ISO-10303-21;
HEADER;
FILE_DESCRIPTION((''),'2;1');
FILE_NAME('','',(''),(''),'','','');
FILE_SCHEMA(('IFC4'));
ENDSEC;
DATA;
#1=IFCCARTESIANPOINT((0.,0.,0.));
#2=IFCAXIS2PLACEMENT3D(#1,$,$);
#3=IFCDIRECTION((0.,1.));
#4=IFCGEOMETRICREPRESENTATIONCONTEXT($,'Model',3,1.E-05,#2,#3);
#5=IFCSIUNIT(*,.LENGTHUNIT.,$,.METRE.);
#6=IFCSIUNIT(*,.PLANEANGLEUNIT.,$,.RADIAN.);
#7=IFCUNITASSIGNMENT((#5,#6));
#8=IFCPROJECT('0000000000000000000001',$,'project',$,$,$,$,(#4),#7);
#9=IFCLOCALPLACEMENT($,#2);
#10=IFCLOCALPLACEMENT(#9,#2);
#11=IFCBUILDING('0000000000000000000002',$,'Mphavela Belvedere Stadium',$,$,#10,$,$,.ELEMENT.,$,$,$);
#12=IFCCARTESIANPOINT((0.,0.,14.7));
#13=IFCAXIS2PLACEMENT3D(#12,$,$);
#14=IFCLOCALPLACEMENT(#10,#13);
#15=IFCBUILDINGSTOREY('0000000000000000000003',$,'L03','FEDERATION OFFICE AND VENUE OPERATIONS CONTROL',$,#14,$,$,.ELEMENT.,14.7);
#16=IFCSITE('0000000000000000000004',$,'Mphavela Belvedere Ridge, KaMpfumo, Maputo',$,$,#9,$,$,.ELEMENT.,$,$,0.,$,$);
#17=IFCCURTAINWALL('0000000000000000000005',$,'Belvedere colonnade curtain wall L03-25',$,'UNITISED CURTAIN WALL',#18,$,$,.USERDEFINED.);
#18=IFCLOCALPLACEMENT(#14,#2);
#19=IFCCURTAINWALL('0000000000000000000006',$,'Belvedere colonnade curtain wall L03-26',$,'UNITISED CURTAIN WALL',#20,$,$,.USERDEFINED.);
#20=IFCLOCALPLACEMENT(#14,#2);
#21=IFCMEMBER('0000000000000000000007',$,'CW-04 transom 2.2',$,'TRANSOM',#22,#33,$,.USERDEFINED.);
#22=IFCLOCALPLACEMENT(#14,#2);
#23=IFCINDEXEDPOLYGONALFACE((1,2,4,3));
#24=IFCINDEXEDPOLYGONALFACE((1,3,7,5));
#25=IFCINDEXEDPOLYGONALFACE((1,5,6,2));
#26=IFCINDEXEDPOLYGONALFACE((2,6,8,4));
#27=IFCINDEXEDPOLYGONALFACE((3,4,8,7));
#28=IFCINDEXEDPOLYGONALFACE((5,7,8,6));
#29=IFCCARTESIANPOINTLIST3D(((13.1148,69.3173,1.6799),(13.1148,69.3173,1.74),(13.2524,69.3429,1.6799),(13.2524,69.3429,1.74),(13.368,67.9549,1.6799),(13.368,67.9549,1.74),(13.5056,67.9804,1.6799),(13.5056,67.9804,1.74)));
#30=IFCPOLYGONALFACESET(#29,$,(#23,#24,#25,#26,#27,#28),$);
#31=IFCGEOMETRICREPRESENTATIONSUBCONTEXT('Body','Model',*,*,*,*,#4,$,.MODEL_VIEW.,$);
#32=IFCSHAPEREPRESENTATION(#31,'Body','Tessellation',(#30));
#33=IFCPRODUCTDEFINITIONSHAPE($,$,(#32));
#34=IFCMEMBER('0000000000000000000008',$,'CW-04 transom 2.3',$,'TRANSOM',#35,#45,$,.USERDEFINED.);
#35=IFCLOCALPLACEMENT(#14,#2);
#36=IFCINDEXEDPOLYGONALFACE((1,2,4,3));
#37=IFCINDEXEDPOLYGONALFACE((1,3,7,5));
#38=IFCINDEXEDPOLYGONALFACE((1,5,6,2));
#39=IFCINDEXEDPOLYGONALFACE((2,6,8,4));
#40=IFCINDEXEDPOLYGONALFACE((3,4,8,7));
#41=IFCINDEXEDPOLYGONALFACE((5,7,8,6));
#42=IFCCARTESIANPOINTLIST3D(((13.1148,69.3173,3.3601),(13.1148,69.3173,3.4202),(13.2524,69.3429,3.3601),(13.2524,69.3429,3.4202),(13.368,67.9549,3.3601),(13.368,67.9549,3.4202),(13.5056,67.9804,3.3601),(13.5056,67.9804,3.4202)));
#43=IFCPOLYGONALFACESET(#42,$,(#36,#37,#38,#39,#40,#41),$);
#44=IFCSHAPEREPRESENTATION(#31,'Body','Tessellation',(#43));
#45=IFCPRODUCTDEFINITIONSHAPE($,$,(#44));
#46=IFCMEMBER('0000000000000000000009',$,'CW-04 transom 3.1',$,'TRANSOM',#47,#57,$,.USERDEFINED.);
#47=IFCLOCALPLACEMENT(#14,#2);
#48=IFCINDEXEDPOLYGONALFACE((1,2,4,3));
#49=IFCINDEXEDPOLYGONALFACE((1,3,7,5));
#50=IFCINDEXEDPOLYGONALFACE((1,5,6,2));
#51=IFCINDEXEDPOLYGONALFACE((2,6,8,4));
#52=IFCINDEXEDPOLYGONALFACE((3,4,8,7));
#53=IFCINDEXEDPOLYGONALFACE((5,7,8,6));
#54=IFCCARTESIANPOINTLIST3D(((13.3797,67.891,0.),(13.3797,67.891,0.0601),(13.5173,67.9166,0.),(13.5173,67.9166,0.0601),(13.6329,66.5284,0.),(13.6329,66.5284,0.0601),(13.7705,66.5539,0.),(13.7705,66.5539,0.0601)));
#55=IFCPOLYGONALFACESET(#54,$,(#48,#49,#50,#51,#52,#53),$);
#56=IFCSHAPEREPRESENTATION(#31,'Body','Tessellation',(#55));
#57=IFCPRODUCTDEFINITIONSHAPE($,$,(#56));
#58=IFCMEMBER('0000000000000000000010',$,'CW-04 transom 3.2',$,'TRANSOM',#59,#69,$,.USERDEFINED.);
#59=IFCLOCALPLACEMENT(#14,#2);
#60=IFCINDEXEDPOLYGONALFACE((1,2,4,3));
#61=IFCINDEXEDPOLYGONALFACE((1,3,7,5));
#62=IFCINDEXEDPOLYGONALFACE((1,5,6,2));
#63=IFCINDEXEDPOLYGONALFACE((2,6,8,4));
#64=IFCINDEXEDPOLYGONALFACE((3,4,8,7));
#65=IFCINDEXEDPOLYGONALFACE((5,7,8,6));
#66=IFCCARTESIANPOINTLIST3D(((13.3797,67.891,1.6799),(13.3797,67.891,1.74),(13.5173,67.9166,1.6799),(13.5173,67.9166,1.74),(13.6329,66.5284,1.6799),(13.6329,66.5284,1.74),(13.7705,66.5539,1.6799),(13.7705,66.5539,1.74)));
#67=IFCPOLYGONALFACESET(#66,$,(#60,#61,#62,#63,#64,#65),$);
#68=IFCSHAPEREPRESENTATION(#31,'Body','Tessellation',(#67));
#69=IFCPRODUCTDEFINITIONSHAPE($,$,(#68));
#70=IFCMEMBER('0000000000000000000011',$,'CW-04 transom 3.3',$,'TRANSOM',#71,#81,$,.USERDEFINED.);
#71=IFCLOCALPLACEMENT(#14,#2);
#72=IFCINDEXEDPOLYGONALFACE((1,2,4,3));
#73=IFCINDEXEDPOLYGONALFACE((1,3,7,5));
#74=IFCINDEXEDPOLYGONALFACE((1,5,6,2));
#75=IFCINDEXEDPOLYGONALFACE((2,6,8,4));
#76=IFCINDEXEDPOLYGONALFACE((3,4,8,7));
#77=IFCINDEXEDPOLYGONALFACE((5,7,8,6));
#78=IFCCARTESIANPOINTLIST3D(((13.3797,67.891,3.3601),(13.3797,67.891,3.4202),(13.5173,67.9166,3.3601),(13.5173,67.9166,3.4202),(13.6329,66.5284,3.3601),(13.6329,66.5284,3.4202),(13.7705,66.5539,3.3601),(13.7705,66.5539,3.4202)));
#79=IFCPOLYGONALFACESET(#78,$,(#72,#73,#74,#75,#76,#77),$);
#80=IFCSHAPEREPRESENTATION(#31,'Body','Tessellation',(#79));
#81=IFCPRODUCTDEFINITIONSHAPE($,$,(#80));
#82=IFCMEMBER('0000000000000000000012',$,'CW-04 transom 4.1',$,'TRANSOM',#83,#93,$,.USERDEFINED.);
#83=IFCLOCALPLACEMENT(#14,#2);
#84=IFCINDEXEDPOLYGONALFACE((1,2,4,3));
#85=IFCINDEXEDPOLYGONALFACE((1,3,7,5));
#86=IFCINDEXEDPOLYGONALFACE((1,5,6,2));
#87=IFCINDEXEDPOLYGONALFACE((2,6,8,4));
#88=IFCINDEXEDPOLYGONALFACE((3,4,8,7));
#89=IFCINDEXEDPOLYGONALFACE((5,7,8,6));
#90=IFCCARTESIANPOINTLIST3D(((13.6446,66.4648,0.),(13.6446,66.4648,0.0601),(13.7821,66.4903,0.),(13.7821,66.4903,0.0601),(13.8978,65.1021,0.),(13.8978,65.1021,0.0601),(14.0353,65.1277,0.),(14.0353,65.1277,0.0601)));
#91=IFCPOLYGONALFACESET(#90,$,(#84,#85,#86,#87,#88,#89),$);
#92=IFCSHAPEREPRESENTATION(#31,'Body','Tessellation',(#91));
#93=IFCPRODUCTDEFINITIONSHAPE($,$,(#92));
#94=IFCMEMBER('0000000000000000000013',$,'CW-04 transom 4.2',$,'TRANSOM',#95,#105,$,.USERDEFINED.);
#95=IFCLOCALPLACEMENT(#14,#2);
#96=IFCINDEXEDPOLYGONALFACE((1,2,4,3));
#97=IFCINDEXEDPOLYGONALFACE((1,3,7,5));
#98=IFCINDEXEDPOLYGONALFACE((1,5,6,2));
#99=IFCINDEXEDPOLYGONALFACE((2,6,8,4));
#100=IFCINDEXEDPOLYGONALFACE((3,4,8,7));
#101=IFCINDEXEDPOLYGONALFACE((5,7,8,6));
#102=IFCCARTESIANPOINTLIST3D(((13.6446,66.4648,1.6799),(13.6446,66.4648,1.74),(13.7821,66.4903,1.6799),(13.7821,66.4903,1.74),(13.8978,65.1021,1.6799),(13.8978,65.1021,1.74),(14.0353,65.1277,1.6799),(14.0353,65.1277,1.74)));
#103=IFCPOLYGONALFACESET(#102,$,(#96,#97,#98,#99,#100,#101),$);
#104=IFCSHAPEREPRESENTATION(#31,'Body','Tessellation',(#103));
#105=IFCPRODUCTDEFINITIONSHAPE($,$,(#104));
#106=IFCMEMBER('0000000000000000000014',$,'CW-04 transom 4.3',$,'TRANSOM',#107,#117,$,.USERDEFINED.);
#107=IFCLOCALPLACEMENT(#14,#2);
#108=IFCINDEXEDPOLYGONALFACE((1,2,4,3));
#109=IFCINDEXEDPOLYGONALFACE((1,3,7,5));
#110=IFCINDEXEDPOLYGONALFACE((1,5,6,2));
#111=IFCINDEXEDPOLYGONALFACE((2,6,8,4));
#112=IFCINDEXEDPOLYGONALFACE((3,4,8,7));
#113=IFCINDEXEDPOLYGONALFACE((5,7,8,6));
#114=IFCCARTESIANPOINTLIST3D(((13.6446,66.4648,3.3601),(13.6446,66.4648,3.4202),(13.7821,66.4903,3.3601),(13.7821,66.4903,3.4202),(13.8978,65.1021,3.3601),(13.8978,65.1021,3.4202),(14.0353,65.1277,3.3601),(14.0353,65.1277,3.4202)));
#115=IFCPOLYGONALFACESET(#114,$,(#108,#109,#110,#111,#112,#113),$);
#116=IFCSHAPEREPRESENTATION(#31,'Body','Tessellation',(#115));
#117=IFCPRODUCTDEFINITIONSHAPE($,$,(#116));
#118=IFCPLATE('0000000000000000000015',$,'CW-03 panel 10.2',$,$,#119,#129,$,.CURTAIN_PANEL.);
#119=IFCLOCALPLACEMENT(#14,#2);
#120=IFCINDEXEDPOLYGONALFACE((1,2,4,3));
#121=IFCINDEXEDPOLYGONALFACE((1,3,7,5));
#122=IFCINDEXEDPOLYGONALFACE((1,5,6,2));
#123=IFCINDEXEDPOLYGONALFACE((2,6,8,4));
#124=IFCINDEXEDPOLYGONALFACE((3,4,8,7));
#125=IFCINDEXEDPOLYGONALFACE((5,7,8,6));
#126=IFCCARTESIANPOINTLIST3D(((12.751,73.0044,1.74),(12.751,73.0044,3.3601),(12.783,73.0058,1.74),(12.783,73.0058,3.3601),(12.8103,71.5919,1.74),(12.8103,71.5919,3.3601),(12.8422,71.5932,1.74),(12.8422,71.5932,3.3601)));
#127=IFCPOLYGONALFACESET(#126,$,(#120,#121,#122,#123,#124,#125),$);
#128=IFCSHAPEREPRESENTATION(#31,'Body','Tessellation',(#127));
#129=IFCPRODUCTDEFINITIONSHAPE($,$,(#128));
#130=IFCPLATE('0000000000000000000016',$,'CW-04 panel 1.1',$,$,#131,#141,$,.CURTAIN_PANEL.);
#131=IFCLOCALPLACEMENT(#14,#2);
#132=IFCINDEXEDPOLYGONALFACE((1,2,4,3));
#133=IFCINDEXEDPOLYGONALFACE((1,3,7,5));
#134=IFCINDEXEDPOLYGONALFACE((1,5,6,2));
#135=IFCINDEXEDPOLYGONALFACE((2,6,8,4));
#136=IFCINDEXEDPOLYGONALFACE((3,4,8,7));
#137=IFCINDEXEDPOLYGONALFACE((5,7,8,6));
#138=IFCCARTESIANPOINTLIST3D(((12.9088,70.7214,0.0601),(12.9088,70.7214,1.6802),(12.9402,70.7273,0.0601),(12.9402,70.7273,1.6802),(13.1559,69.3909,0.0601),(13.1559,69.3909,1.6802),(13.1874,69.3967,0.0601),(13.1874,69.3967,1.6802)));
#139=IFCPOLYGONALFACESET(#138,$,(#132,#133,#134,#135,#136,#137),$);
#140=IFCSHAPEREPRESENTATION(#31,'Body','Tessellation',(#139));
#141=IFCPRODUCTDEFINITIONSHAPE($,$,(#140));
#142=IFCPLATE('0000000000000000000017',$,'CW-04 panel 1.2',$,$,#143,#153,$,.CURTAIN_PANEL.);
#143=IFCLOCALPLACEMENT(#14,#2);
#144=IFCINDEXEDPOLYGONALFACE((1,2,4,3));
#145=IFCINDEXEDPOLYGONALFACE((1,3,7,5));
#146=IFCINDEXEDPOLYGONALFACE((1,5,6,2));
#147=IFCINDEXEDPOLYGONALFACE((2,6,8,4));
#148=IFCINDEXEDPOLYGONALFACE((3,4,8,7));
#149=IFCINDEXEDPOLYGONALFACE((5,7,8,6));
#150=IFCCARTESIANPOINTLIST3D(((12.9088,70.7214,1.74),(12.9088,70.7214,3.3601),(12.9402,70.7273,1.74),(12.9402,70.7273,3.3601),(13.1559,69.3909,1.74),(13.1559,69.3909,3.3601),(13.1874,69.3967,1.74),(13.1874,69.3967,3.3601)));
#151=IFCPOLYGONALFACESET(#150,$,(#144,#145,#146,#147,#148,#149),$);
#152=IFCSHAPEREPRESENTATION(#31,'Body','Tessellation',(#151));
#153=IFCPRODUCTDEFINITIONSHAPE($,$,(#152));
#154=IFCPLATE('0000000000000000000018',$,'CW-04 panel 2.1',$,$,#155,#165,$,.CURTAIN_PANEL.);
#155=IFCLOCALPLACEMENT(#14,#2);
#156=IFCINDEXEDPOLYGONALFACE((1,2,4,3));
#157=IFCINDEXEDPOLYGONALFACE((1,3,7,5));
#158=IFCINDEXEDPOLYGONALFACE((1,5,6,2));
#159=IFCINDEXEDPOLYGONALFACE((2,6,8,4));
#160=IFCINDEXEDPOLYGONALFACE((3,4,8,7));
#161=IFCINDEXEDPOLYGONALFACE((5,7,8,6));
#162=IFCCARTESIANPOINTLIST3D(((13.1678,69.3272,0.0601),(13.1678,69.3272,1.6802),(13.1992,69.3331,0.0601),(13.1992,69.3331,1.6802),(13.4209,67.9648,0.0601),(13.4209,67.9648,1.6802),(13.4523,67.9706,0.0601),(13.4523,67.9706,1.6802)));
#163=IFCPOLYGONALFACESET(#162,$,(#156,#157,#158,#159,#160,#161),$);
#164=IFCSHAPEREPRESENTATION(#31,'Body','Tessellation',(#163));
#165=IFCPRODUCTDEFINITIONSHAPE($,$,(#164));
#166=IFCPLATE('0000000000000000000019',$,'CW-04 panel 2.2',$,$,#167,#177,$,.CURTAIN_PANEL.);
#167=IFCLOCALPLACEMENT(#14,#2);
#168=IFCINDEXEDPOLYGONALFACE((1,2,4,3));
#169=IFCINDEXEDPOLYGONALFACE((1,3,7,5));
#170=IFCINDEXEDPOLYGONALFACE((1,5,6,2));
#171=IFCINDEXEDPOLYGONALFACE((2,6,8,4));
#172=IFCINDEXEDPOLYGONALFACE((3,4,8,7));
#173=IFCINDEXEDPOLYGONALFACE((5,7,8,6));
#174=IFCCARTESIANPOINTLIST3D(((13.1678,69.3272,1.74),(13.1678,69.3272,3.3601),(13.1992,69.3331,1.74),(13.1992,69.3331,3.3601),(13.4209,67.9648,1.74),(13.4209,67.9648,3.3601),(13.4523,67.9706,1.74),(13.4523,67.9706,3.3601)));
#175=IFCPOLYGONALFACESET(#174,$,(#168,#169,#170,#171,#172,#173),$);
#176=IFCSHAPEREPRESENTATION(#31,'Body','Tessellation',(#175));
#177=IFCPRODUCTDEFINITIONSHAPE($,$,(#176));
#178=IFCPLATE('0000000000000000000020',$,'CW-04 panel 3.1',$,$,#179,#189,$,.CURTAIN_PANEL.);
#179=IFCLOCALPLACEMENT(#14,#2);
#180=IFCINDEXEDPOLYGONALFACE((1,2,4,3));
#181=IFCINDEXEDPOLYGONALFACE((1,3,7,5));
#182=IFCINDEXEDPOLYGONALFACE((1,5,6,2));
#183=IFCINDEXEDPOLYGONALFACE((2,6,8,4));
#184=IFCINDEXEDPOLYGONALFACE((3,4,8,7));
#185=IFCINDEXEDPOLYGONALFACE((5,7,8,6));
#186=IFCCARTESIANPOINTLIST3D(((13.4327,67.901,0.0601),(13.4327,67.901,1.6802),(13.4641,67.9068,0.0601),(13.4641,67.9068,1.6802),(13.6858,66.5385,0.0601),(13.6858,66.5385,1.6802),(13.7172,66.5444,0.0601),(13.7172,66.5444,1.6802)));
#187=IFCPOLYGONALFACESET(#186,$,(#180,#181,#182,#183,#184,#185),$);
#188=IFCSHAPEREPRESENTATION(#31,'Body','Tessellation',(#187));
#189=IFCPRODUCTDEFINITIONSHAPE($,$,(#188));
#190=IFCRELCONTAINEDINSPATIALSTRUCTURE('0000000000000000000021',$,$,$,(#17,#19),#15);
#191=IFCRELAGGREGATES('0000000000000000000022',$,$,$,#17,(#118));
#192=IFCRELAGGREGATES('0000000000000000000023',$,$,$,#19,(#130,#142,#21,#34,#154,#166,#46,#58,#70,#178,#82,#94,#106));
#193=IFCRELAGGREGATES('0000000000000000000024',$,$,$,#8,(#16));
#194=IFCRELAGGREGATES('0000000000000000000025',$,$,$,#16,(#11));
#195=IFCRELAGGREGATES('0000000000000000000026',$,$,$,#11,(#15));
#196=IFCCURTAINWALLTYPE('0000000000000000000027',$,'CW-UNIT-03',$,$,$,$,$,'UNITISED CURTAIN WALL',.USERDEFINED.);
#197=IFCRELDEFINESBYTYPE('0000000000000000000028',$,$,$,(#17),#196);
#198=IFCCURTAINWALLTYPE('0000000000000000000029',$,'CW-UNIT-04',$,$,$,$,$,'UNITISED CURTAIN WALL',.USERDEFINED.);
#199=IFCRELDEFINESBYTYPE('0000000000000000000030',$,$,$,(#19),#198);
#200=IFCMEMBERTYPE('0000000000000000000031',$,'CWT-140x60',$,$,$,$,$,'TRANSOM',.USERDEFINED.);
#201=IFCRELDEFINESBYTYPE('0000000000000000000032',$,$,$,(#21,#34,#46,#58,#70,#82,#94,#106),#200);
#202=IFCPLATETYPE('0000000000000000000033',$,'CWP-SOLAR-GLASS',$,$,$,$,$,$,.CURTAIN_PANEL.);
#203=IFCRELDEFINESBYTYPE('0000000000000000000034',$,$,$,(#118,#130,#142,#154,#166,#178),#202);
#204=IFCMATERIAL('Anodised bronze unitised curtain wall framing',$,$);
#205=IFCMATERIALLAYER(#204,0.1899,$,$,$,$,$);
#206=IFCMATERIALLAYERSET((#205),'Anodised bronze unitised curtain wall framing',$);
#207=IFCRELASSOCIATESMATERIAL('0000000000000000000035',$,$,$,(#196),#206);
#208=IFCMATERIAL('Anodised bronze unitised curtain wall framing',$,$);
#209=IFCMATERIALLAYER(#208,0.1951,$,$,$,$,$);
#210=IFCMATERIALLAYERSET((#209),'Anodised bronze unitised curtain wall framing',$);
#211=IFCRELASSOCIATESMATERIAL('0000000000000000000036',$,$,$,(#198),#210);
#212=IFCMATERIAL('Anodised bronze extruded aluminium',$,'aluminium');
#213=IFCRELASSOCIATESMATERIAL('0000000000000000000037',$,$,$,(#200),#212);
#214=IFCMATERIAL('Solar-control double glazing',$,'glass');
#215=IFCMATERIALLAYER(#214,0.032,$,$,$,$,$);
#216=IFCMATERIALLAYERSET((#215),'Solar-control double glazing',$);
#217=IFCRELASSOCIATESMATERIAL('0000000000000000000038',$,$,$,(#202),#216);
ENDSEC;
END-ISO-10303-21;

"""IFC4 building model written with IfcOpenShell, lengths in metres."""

from ifc_helpers import new_model, si_unit, direction, frame, origin, origin_2d, place, context, subcontext, project, spatial, rectangle, extrude, material, layer, layer_set, material_profile, profile_set, type_object, element, aggregate, save


model = new_model("IFC4")

# Units and contexts
model_context = context("Model", 3, precision=1e-05, world=origin(), true_north=direction((0.0, 1.0)))
body_context = subcontext(model_context, "Body", "Model", "MODEL_VIEW")
ifc_project = project(units=[si_unit("LENGTHUNIT", "METRE"), si_unit("PLANEANGLEUNIT", "RADIAN")], contexts=[model_context])

# Site, building, storey
site_placement = place(None, origin())
site = spatial("IfcSite", under=ifc_project, at=site_placement, Name="Mphavela Belvedere Ridge, KaMpfumo, Maputo", CompositionType="ELEMENT", RefElevation=0.0)
building_placement = place(site_placement, origin())
building = spatial("IfcBuilding", under=site, at=building_placement, Name="Mphavela Belvedere Stadium", CompositionType="ELEMENT")
storey_placement = place(building_placement, frame((0.0, 0.0, 14.7)))
storey = spatial("IfcBuildingStorey", under=building, at=storey_placement, Name="L03", Description="FEDERATION OFFICE AND VENUE OPERATIONS CONTROL", CompositionType="ELEMENT", Elevation=14.7)

# Curtain wall
ifc_material_1 = material(Name="Anodised bronze unitised curtain wall framing")
ifc_layer_1 = layer(ifc_material_1, 0.1899)
ifc_layer_set_1 = layer_set([ifc_layer_1], Name="Anodised bronze unitised curtain wall framing")
curtain_wall_type_1 = type_object("IfcCurtainWallType", Name="CW-UNIT-03", ElementType="UNITISED CURTAIN WALL", PredefinedType="USERDEFINED", material=ifc_layer_set_1)
curtain_wall_1_placement = place(storey_placement, origin())
curtain_wall_1 = element("IfcCurtainWall", 1, at=curtain_wall_1_placement, inside=storey, type_object=curtain_wall_type_1, Name="Belvedere colonnade curtain wall L03-25", ObjectType="UNITISED CURTAIN WALL", PredefinedType="USERDEFINED")

# Curtain wall, members
ifc_material_2 = material(Name="Anodised bronze unitised curtain wall framing")
ifc_layer_2 = layer(ifc_material_2, 0.1951)
ifc_layer_set_2 = layer_set([ifc_layer_2], Name="Anodised bronze unitised curtain wall framing")
curtain_wall_type_2 = type_object("IfcCurtainWallType", Name="CW-UNIT-04", ElementType="UNITISED CURTAIN WALL", PredefinedType="USERDEFINED", material=ifc_layer_set_2)
curtain_wall_2_placement = place(storey_placement, origin())
curtain_wall_2 = element("IfcCurtainWall", 2, at=curtain_wall_2_placement, inside=storey, type_object=curtain_wall_type_2, Name="Belvedere colonnade curtain wall L03-26", ObjectType="UNITISED CURTAIN WALL", PredefinedType="USERDEFINED")
ifc_material_3 = material(Name="Anodised bronze extruded aluminium", Category="aluminium")
ifc_material_profile_1 = material_profile(ifc_material_3, rectangle(XDim=0.1399, YDim=0.0601, at=origin_2d()), Name="CW-TRN 140x60")
ifc_profile_set_1 = profile_set([ifc_material_profile_1], Name="Anodised bronze extruded aluminium")
member_type_1 = type_object("IfcMemberType", Name="CWT-140x60", ElementType="TRANSOM", PredefinedType="USERDEFINED", material=ifc_profile_set_1)
member_1_placement = place(storey_placement, frame((13.1836, 69.3301, 1.71), z_axis=(0.182714, -0.983166, 0.0), x_axis=(0.983166, 0.182714, 0.0)))
member_1 = element("IfcMember", 3, at=member_1_placement, type_object=member_type_1, Name="CW-04 transom 2.2", ObjectType="TRANSOM", PredefinedType="USERDEFINED", context=body_context, shape_type="SweptSolid", body=[
    extrude(rectangle(XDim=0.1399, YDim=0.0601, at=origin_2d()), origin(), (0.0, 0.0, 1.0), 1.3857),
])
member_2_placement = place(storey_placement, frame((13.1836, 69.3301, 3.3901), z_axis=(0.182714, -0.983166, 0.0), x_axis=(0.983166, 0.182714, 0.0)))
member_2 = element("IfcMember", 4, at=member_2_placement, type_object=member_type_1, Name="CW-04 transom 2.3", ObjectType="TRANSOM", PredefinedType="USERDEFINED", context=body_context, shape_type="SweptSolid", body=[
    extrude(rectangle(XDim=0.1399, YDim=0.0601, at=origin_2d()), origin(), (0.0, 0.0, 1.0), 1.3857),
])
member_3_placement = place(storey_placement, frame((13.4485, 67.9038, 0.03), z_axis=(0.182682, -0.983172, 0.0), x_axis=(0.983172, 0.182682, 0.0)))
member_3 = element("IfcMember", 5, at=member_3_placement, type_object=member_type_1, Name="CW-04 transom 3.1", ObjectType="TRANSOM", PredefinedType="USERDEFINED", context=body_context, shape_type="SweptSolid", body=[
    extrude(rectangle(XDim=0.1399, YDim=0.0601, at=origin_2d()), origin(), (0.0, 0.0, 1.0), 1.386),
])
member_4_placement = place(storey_placement, frame((13.4485, 67.9038, 1.71), z_axis=(0.182682, -0.983172, 0.0), x_axis=(0.983172, 0.182682, 0.0)))
member_4 = element("IfcMember", 6, at=member_4_placement, type_object=member_type_1, Name="CW-04 transom 3.2", ObjectType="TRANSOM", PredefinedType="USERDEFINED", context=body_context, shape_type="SweptSolid", body=[
    extrude(rectangle(XDim=0.1399, YDim=0.0601, at=origin_2d()), origin(), (0.0, 0.0, 1.0), 1.386),
])
member_5_placement = place(storey_placement, frame((13.4485, 67.9038, 3.3901), z_axis=(0.182682, -0.983172, 0.0), x_axis=(0.983172, 0.182682, 0.0)))
member_5 = element("IfcMember", 7, at=member_5_placement, type_object=member_type_1, Name="CW-04 transom 3.3", ObjectType="TRANSOM", PredefinedType="USERDEFINED", context=body_context, shape_type="SweptSolid", body=[
    extrude(rectangle(XDim=0.1399, YDim=0.0601, at=origin_2d()), origin(), (0.0, 0.0, 1.0), 1.386),
])
member_6_placement = place(storey_placement, frame((13.7134, 66.4775, 0.03), z_axis=(0.182682, -0.983172, 0.0), x_axis=(0.983172, 0.182682, 0.0)))
member_6 = element("IfcMember", 8, at=member_6_placement, type_object=member_type_1, Name="CW-04 transom 4.1", ObjectType="TRANSOM", PredefinedType="USERDEFINED", context=body_context, shape_type="SweptSolid", body=[
    extrude(rectangle(XDim=0.1399, YDim=0.0601, at=origin_2d()), origin(), (0.0, 0.0, 1.0), 1.386),
])
member_7_placement = place(storey_placement, frame((13.7134, 66.4775, 1.71), z_axis=(0.182682, -0.983172, 0.0), x_axis=(0.983172, 0.182682, 0.0)))
member_7 = element("IfcMember", 9, at=member_7_placement, type_object=member_type_1, Name="CW-04 transom 4.2", ObjectType="TRANSOM", PredefinedType="USERDEFINED", context=body_context, shape_type="SweptSolid", body=[
    extrude(rectangle(XDim=0.1399, YDim=0.0601, at=origin_2d()), origin(), (0.0, 0.0, 1.0), 1.386),
])
member_8_placement = place(storey_placement, frame((13.7134, 66.4775, 3.3901), z_axis=(0.182682, -0.983172, 0.0), x_axis=(0.983172, 0.182682, 0.0)))
member_8 = element("IfcMember", 10, at=member_8_placement, type_object=member_type_1, Name="CW-04 transom 4.3", ObjectType="TRANSOM", PredefinedType="USERDEFINED", context=body_context, shape_type="SweptSolid", body=[
    extrude(rectangle(XDim=0.1399, YDim=0.0601, at=origin_2d()), origin(), (0.0, 0.0, 1.0), 1.386),
])

# Plates
ifc_material_4 = material(Name="Solar-control double glazing", Category="glass")
ifc_layer_3 = layer(ifc_material_4, 0.032)
ifc_layer_set_3 = layer_set([ifc_layer_3], Name="Solar-control double glazing")
plate_type = type_object("IfcPlateType", Name="CWP-SOLAR-GLASS", PredefinedType="CURTAIN_PANEL", material=ifc_layer_set_3)
plate_1_placement = place(storey_placement, frame((12.7966, 72.2988, 1.74), z_axis=(0.0, 0.0, 1.0), x_axis=(0.041911, -0.999121, 0.0)))
plate_1 = element("IfcPlate", 11, at=plate_1_placement, type_object=plate_type, Name="CW-03 panel 10.2", PredefinedType="CURTAIN_PANEL", context=body_context, shape_type="SweptSolid", body=[
    extrude(rectangle(XDim=1.4138, YDim=0.032, at=origin_2d()), origin(), (0.0, 0.0, 1.0), 1.6201),
])
aggregate(curtain_wall_1, [plate_1])
plate_2_placement = place(storey_placement, frame((13.0481, 70.0591, 0.0601), z_axis=(0.0, 0.0, 1.0), x_axis=(0.182631, -0.983181, 0.0)))
plate_2 = element("IfcPlate", 12, at=plate_2_placement, type_object=plate_type, Name="CW-04 panel 1.1", PredefinedType="CURTAIN_PANEL", context=body_context, shape_type="SweptSolid", body=[
    extrude(rectangle(XDim=1.3533, YDim=0.032, at=origin_2d()), origin(), (0.0, 0.0, 1.0), 1.6201),
])
plate_3_placement = place(storey_placement, frame((13.0481, 70.0591, 1.74), z_axis=(0.0, 0.0, 1.0), x_axis=(0.182631, -0.983181, 0.0)))
plate_3 = element("IfcPlate", 13, at=plate_3_placement, type_object=plate_type, Name="CW-04 panel 1.2", PredefinedType="CURTAIN_PANEL", context=body_context, shape_type="SweptSolid", body=[
    extrude(rectangle(XDim=1.3533, YDim=0.032, at=origin_2d()), origin(), (0.0, 0.0, 1.0), 1.6201),
])
plate_4_placement = place(storey_placement, frame((13.3101, 68.6489, 0.0601), z_axis=(0.0, 0.0, 1.0), x_axis=(0.182631, -0.983181, 0.0)))
plate_4 = element("IfcPlate", 14, at=plate_4_placement, type_object=plate_type, Name="CW-04 panel 2.1", PredefinedType="CURTAIN_PANEL", context=body_context, shape_type="SweptSolid", body=[
    extrude(rectangle(XDim=1.3857, YDim=0.032, at=origin_2d()), origin(), (0.0, 0.0, 1.0), 1.6201),
])
plate_5_placement = place(storey_placement, frame((13.3101, 68.6489, 1.74), z_axis=(0.0, 0.0, 1.0), x_axis=(0.182631, -0.983181, 0.0)))
plate_5 = element("IfcPlate", 15, at=plate_5_placement, type_object=plate_type, Name="CW-04 panel 2.2", PredefinedType="CURTAIN_PANEL", context=body_context, shape_type="SweptSolid", body=[
    extrude(rectangle(XDim=1.3857, YDim=0.032, at=origin_2d()), origin(), (0.0, 0.0, 1.0), 1.6201),
])
plate_6_placement = place(storey_placement, frame((13.575, 67.2227, 0.0601), z_axis=(0.0, 0.0, 1.0), x_axis=(0.182631, -0.983181, 0.0)))
plate_6 = element("IfcPlate", 16, at=plate_6_placement, type_object=plate_type, Name="CW-04 panel 3.1", PredefinedType="CURTAIN_PANEL", context=body_context, shape_type="SweptSolid", body=[
    extrude(rectangle(XDim=1.3857, YDim=0.032, at=origin_2d()), origin(), (0.0, 0.0, 1.0), 1.6201),
])
aggregate(curtain_wall_2, [plate_2, plate_3, member_1, member_2, plate_4, plate_5, member_3, member_4, member_5, plate_6, member_6, member_7, member_8])

save(model, "model.ifc")
